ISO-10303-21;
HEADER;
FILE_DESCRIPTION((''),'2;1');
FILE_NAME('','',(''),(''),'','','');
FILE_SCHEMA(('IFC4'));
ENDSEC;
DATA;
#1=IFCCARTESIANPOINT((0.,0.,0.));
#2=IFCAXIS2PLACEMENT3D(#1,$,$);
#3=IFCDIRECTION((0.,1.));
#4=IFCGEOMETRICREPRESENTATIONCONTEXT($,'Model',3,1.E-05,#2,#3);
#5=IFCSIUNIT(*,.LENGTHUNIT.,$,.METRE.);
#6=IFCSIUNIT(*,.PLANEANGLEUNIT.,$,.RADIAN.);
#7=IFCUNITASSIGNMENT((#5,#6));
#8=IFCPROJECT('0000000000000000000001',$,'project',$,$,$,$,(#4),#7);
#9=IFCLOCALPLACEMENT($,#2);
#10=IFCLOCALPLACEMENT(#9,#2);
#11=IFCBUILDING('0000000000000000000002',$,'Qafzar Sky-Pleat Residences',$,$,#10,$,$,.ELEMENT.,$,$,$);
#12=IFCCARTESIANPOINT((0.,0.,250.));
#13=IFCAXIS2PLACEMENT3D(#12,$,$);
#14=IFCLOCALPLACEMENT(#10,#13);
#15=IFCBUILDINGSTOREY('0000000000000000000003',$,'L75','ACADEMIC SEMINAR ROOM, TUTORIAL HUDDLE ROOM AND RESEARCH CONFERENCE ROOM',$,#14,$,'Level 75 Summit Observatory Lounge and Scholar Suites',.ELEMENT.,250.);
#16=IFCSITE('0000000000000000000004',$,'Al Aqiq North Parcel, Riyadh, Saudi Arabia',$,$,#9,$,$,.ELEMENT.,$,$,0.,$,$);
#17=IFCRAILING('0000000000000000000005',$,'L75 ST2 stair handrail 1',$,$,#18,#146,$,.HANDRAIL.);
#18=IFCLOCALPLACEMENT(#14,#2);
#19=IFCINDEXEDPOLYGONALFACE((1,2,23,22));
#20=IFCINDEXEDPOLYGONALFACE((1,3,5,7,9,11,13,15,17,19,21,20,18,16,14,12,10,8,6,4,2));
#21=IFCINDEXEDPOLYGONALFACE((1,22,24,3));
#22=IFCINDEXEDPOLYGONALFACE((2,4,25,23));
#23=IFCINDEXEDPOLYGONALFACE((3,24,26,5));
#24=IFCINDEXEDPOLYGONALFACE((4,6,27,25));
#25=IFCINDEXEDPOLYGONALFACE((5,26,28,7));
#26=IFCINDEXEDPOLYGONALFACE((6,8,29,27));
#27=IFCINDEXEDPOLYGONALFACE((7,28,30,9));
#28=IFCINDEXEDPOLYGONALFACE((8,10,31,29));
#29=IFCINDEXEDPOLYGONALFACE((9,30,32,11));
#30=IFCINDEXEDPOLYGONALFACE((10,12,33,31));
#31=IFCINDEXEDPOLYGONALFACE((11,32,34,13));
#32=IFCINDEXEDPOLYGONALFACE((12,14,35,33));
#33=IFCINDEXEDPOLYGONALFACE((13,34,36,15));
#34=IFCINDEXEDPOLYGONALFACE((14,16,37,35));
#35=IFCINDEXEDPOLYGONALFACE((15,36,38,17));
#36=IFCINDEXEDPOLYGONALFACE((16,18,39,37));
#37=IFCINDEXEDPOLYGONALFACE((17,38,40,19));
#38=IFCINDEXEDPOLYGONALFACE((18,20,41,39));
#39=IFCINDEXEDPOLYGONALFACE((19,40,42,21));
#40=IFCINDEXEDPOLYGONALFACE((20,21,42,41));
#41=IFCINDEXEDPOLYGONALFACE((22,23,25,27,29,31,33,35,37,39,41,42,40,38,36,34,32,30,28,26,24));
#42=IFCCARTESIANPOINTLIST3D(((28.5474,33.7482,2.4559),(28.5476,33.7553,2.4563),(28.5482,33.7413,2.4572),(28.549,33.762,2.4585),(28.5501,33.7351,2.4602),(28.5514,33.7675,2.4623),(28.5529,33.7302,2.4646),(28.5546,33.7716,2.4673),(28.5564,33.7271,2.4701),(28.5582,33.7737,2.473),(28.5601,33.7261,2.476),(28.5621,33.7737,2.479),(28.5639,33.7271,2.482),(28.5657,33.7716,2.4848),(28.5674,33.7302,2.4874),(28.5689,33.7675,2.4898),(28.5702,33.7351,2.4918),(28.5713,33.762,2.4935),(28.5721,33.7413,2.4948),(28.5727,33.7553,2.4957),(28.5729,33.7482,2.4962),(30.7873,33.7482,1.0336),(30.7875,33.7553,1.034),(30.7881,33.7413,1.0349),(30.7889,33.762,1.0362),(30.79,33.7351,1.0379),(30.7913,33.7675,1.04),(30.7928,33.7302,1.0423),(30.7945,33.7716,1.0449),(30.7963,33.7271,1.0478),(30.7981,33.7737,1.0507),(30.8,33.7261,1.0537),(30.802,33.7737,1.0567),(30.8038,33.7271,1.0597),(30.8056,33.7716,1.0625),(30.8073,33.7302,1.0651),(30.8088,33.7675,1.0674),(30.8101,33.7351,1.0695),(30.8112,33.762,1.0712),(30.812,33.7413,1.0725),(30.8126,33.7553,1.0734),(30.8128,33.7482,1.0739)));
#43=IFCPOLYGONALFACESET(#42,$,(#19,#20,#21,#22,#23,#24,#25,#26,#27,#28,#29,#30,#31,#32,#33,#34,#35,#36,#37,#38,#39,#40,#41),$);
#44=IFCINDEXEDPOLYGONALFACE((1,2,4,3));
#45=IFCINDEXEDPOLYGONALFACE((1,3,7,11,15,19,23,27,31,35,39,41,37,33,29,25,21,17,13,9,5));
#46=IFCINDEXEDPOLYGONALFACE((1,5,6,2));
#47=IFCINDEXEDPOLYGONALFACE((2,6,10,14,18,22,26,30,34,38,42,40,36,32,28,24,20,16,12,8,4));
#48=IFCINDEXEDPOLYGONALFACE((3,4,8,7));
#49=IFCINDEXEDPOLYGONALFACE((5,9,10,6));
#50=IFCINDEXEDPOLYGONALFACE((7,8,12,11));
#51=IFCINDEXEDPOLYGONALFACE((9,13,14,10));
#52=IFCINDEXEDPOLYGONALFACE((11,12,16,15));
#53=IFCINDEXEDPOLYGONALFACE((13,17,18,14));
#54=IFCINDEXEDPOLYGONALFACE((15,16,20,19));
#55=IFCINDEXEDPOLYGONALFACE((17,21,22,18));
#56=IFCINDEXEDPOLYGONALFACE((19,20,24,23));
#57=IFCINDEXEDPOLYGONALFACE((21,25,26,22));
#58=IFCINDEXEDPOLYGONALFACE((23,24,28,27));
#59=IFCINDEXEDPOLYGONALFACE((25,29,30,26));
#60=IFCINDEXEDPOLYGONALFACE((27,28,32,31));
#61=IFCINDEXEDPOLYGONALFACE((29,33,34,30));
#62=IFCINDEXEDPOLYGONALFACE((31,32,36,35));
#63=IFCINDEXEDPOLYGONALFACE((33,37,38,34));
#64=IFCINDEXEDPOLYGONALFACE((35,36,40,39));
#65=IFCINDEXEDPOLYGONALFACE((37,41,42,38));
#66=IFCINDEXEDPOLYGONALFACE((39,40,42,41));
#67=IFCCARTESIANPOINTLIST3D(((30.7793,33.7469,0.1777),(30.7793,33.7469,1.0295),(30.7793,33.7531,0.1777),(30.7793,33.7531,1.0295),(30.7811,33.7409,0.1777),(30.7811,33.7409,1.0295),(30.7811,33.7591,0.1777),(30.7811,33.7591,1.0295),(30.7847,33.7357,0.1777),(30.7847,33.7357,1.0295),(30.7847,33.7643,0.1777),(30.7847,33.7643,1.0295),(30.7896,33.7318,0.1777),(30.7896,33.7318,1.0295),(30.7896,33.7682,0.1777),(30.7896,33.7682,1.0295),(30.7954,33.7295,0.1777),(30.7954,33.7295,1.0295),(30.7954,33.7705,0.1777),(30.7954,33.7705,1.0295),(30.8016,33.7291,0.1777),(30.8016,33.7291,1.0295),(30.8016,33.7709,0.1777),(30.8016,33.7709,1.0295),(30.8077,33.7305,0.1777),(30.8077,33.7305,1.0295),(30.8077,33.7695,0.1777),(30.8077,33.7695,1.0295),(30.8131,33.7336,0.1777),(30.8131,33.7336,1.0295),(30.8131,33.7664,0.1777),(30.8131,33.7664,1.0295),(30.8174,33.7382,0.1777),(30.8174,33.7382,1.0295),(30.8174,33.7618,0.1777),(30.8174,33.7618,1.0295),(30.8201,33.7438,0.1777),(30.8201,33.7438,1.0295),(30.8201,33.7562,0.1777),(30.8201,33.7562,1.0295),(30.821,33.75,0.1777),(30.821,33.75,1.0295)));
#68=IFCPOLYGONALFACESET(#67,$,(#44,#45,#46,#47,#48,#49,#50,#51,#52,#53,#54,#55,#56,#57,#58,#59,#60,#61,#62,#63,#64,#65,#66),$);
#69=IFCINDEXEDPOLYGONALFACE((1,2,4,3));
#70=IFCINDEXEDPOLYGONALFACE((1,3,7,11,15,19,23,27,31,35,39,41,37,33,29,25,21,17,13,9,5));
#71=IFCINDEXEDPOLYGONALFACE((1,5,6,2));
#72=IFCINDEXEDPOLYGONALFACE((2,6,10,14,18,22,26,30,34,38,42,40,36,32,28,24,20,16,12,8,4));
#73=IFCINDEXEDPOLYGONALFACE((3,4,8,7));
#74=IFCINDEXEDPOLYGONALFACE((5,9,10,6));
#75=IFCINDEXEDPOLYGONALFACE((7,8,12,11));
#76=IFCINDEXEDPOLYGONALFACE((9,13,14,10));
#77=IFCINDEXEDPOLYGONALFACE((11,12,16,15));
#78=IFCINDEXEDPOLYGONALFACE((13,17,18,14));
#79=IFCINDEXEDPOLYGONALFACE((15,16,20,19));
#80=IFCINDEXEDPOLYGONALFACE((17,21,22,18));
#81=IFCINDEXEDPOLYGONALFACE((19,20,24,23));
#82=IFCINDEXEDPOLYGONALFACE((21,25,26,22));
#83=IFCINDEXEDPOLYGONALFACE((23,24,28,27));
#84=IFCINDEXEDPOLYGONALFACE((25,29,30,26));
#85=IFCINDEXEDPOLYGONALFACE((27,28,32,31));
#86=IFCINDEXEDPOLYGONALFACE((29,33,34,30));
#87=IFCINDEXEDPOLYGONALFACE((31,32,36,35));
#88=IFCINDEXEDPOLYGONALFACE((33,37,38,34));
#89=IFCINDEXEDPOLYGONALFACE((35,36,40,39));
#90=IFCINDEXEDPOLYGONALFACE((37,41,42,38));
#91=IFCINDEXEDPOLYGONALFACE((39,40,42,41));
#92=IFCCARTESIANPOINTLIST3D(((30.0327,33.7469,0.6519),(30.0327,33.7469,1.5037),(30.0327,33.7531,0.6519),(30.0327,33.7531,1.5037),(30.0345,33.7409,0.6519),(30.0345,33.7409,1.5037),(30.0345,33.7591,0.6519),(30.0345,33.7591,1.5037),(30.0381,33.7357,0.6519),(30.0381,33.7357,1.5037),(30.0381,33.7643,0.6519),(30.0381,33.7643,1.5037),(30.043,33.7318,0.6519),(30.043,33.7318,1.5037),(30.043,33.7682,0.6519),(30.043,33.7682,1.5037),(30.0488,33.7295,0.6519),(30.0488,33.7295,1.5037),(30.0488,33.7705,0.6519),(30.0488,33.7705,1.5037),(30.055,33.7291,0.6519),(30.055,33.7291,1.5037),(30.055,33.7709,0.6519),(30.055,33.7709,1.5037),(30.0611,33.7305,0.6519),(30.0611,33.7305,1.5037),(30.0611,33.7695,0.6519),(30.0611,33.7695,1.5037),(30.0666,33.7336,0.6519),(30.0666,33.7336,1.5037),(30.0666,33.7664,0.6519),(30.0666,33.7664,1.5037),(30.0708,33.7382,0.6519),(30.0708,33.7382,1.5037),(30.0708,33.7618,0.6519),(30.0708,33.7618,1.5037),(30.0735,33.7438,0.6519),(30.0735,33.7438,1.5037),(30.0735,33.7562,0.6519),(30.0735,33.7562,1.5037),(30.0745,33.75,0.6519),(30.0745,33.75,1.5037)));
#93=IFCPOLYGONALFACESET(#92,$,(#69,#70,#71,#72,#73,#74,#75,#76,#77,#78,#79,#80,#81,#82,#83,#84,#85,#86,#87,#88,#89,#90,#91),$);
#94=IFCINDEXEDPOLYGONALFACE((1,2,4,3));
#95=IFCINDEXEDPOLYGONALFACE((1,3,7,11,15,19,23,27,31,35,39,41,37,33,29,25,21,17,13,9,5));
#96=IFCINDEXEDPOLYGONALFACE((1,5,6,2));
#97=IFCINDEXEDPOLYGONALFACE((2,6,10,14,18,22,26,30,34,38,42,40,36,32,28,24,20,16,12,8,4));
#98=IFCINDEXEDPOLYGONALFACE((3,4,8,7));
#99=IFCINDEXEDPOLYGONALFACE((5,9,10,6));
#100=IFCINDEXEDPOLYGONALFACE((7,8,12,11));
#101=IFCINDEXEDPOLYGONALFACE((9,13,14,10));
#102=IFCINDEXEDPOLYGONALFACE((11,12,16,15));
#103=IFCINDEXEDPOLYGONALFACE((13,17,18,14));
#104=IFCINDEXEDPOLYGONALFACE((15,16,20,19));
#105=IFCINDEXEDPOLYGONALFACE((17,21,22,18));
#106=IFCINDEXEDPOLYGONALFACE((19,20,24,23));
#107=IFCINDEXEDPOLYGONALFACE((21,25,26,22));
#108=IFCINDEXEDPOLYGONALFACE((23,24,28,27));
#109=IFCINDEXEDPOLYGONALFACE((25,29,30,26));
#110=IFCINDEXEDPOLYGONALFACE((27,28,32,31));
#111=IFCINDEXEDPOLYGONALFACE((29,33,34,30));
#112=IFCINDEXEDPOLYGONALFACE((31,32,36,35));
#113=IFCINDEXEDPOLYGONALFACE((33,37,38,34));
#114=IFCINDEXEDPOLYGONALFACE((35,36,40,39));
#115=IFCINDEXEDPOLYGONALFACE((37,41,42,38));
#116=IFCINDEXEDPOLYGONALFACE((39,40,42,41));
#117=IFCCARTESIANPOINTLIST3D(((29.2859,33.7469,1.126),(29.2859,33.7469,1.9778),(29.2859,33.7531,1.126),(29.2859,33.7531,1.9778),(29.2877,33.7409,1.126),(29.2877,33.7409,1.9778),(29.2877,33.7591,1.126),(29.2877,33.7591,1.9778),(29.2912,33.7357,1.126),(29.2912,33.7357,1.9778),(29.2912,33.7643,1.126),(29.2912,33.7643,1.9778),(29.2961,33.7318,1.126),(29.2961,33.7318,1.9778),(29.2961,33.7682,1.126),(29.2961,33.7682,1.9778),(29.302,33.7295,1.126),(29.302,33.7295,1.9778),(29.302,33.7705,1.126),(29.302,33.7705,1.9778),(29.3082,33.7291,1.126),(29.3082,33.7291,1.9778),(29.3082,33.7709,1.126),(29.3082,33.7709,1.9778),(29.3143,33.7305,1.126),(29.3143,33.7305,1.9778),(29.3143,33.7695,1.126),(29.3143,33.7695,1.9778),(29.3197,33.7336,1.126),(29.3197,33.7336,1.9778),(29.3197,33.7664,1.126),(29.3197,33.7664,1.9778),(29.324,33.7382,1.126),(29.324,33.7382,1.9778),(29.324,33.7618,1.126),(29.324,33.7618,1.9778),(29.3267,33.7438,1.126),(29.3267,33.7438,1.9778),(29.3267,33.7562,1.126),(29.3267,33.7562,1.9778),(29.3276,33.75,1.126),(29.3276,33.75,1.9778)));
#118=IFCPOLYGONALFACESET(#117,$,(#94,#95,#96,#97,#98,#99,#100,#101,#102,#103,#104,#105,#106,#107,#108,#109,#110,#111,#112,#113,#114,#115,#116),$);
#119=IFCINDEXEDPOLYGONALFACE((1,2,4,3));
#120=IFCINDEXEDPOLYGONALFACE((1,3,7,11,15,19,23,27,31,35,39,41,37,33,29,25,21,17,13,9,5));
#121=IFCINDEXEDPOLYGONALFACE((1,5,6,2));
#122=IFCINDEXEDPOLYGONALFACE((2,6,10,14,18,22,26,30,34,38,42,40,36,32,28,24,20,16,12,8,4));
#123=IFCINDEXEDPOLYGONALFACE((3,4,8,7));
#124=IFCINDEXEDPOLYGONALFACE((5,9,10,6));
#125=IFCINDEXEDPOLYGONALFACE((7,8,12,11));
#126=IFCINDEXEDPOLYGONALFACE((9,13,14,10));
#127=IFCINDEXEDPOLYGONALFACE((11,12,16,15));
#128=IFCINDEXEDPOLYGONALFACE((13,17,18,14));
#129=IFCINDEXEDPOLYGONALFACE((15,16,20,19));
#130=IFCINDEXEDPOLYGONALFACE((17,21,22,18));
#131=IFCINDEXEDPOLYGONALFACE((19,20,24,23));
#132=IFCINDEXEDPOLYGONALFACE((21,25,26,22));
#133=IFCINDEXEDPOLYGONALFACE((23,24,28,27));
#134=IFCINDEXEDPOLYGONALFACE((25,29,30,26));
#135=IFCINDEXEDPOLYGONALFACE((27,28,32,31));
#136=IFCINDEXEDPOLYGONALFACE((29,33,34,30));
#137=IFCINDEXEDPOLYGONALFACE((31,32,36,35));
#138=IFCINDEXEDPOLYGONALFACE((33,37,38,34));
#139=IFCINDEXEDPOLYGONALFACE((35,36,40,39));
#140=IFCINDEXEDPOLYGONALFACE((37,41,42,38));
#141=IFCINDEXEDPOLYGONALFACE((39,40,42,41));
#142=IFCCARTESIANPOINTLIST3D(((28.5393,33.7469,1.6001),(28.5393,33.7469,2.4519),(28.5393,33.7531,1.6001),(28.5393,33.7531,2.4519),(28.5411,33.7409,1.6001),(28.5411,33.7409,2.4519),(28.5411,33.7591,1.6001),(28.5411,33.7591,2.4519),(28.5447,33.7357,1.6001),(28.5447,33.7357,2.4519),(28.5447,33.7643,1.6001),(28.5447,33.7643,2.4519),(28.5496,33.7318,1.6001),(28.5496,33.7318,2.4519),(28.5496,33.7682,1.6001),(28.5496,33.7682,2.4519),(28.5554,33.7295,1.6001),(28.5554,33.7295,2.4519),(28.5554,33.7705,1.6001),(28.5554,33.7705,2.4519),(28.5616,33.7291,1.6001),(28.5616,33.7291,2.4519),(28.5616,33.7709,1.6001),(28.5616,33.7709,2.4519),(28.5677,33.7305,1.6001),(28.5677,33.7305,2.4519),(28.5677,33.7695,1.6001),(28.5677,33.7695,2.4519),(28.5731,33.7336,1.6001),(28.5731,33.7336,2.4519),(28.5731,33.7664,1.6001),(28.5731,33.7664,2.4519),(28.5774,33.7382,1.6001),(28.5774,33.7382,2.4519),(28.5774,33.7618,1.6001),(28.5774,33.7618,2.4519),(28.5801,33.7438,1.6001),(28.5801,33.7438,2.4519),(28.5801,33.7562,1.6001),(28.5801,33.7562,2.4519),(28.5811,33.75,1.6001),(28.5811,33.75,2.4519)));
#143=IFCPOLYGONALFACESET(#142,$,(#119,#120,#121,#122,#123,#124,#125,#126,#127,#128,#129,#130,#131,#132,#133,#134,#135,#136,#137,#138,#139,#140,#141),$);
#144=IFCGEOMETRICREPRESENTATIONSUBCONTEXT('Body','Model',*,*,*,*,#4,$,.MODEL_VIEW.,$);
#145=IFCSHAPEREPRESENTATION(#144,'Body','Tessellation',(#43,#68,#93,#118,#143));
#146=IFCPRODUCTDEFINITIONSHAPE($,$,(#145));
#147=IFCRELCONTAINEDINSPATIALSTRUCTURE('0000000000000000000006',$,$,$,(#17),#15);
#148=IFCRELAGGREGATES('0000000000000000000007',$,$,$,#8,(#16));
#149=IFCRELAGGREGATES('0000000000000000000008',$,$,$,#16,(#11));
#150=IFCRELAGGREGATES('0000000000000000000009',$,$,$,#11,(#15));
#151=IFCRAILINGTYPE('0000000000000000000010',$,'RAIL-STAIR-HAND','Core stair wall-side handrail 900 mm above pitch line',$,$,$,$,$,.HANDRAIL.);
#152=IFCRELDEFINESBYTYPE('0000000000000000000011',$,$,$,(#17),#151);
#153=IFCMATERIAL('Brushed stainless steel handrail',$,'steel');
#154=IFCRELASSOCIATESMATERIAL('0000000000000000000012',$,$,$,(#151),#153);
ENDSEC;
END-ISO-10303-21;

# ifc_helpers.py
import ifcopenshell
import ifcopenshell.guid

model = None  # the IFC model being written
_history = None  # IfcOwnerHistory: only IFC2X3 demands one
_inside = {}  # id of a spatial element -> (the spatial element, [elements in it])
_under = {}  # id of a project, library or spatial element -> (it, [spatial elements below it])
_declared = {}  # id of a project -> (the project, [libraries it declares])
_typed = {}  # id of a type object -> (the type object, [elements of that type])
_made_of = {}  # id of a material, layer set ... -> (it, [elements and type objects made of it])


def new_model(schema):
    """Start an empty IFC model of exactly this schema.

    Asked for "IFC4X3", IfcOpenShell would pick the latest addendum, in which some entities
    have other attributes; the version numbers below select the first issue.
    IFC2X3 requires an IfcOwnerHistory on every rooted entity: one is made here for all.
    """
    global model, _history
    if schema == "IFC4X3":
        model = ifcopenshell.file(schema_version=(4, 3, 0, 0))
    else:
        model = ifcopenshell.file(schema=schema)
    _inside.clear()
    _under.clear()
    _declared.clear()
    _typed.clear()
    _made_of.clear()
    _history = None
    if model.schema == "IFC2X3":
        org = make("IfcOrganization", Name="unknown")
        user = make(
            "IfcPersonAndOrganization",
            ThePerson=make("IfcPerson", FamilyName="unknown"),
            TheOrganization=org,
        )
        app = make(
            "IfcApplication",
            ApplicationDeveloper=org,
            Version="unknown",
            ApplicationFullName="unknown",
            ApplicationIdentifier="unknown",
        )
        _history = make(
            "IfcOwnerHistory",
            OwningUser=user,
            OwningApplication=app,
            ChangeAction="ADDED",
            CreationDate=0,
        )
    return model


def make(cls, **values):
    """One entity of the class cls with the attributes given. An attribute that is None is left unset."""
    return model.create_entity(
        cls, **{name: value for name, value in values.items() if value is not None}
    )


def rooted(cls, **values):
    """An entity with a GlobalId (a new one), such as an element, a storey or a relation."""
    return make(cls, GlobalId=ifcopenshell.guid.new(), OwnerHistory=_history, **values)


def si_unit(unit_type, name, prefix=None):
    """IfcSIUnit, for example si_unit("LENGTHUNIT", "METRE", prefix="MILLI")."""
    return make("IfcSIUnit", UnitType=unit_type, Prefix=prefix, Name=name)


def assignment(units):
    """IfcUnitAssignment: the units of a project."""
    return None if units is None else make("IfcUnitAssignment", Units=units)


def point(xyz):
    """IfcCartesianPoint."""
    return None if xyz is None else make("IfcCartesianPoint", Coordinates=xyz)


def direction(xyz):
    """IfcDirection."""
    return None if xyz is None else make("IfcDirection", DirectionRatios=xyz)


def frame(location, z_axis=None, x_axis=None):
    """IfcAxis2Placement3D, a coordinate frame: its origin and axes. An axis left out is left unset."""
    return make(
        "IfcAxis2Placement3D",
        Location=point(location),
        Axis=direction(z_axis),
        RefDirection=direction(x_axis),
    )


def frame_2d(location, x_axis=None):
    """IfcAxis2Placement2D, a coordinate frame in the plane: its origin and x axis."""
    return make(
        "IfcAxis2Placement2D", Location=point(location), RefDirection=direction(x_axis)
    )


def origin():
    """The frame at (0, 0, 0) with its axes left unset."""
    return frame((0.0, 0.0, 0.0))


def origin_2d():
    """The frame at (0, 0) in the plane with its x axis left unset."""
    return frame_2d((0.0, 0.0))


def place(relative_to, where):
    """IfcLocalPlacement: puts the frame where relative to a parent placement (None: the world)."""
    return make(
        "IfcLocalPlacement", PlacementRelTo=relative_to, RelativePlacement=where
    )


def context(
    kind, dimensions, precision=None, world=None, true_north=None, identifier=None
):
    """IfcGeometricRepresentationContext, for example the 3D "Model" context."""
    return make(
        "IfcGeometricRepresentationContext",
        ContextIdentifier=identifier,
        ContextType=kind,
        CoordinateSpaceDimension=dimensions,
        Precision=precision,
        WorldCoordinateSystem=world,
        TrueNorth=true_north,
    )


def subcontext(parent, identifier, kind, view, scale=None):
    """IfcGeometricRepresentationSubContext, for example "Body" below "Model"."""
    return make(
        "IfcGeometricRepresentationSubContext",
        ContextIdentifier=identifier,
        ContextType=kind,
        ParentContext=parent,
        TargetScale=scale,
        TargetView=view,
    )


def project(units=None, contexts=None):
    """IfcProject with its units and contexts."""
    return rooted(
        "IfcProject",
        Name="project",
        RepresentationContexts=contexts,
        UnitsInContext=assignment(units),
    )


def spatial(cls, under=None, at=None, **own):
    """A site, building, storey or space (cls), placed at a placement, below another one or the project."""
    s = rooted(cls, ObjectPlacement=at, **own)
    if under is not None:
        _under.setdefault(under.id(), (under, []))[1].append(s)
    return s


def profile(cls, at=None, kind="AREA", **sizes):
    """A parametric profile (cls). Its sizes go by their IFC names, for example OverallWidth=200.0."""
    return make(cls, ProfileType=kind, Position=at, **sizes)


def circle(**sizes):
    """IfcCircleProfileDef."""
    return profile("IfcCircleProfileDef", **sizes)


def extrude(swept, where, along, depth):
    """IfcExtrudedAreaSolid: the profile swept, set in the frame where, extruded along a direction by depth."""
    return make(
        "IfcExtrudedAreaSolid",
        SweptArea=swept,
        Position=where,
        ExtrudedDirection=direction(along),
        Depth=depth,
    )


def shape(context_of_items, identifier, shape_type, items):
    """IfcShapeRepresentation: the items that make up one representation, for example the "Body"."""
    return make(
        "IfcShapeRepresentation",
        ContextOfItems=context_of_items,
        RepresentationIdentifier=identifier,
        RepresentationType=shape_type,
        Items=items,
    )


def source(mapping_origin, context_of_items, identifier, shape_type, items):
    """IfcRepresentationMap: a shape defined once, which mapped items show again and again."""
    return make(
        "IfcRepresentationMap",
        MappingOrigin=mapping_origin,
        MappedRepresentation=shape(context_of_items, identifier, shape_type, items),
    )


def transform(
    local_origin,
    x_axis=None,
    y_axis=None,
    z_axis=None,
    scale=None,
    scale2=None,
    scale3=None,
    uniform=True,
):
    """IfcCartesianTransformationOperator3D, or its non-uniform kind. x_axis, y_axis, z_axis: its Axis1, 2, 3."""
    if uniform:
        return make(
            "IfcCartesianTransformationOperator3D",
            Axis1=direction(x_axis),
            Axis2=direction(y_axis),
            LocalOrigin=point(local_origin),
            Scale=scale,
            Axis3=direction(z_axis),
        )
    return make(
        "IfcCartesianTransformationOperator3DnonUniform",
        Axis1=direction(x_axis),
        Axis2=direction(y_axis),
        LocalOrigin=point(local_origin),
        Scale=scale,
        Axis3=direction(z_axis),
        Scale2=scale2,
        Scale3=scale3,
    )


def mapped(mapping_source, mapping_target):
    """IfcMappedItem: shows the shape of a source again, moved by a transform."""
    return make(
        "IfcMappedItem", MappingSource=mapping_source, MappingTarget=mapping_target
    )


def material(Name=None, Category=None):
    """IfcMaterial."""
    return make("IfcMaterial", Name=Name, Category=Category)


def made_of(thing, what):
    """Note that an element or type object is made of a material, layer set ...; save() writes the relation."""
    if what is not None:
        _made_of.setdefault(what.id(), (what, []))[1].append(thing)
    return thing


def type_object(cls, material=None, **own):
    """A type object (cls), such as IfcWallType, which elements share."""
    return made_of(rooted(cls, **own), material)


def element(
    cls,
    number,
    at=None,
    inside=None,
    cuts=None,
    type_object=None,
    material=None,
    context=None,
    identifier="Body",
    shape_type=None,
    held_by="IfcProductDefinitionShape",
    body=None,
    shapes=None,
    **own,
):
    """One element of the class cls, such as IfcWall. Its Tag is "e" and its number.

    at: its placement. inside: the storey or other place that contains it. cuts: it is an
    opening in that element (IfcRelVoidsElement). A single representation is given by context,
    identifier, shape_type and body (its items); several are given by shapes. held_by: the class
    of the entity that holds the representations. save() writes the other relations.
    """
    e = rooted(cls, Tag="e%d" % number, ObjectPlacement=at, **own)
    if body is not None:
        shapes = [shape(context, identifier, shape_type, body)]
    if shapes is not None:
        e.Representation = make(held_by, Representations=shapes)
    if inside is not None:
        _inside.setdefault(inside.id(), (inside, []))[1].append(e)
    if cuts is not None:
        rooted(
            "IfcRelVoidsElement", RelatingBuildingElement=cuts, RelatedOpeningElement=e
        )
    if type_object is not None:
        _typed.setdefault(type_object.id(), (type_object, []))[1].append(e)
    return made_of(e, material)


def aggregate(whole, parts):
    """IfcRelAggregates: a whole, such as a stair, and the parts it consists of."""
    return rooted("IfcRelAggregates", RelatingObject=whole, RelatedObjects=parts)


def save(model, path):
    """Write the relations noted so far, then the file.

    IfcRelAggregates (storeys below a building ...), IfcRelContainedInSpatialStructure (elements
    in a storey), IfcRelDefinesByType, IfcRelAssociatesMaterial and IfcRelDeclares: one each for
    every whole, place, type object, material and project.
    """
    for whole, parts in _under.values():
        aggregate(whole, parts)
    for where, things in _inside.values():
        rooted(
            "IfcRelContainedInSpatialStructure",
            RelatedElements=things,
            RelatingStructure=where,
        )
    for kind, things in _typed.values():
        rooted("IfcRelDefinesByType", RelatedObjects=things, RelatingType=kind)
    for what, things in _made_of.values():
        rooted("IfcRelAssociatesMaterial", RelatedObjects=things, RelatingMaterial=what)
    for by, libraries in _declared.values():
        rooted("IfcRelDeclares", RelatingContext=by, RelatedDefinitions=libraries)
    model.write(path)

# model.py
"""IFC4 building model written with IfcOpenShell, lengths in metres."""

from ifc_helpers import new_model, si_unit, direction, frame, origin, origin_2d, place, context, subcontext, project, spatial, circle, extrude, source, transform, mapped, material, type_object, element, save


model = new_model("IFC4")

# Units and contexts
model_context = context("Model", 3, precision=1e-05, world=origin(), true_north=direction((0.0, 1.0)))
body_context = subcontext(model_context, "Body", "Model", "MODEL_VIEW")
ifc_project = project(units=[si_unit("LENGTHUNIT", "METRE"), si_unit("PLANEANGLEUNIT", "RADIAN")], contexts=[model_context])

# Site, building, storey
site_placement = place(None, origin())
site = spatial("IfcSite", under=ifc_project, at=site_placement, Name="Al Aqiq North Parcel, Riyadh, Saudi Arabia", CompositionType="ELEMENT", RefElevation=0.0)
building_placement = place(site_placement, origin())
building = spatial("IfcBuilding", under=site, at=building_placement, Name="Qafzar Sky-Pleat Residences", CompositionType="ELEMENT")
storey_placement = place(building_placement, frame((0.0, 0.0, 250.0)))
storey = spatial("IfcBuildingStorey", under=building, at=storey_placement, Name="L75", Description="ACADEMIC SEMINAR ROOM, TUTORIAL HUDDLE ROOM AND RESEARCH CONFERENCE ROOM", LongName="Level 75 Summit Observatory Lounge and Scholar Suites", CompositionType="ELEMENT", Elevation=250.0)

# Railing
ifc_material_1 = material(Name="Brushed stainless steel handrail", Category="steel")
railing_type_1 = type_object("IfcRailingType", Name="RAIL-STAIR-HAND", Description="Core stair wall-side handrail 900 mm above pitch line", PredefinedType="HANDRAIL", material=ifc_material_1)
shared_shape_1 = source(origin(), body_context, "Body", "SweptSolid", [
    extrude(circle(Radius=0.0239, at=origin_2d()), frame((0.0, 0.0, 0.876), z_axis=(-0.844188, 0.0, 0.536048), x_axis=(0.0, -1.0, 0.0)), (0.0, 0.0, 1.0), 2.6533),
    extrude(circle(Radius=0.021, at=origin_2d()), origin(), (0.0, 0.0, 1.0), 0.8518),
    extrude(circle(Radius=0.021, at=origin_2d()), frame((-0.7466, 0.0, 0.4741)), (0.0, 0.0, 1.0), 0.8518),
    extrude(circle(Radius=0.021, at=origin_2d()), frame((-1.4934, 0.0, 0.9482)), (0.0, 0.0, 1.0), 0.8518),
    extrude(circle(Radius=0.021, at=origin_2d()), frame((-2.24, 0.0, 1.4224)), (0.0, 0.0, 1.0), 0.8518),
])
railing_1_placement = place(storey_placement, frame((30.8, 33.75, 0.1777)))
element("IfcRailing", 1, at=railing_1_placement, inside=storey, type_object=railing_type_1, Name="L75 ST2 stair handrail 1", PredefinedType="HANDRAIL", context=body_context, shape_type="MappedRepresentation", body=[
    mapped(shared_shape_1, transform((0.0, 0.0, 0.0), x_axis=(1.0, 0.0, 0.0), y_axis=(0.0, 1.0, 0.0), z_axis=(0.0, 0.0, 1.0), scale=1.0)),
])

save(model, "model.ifc")
